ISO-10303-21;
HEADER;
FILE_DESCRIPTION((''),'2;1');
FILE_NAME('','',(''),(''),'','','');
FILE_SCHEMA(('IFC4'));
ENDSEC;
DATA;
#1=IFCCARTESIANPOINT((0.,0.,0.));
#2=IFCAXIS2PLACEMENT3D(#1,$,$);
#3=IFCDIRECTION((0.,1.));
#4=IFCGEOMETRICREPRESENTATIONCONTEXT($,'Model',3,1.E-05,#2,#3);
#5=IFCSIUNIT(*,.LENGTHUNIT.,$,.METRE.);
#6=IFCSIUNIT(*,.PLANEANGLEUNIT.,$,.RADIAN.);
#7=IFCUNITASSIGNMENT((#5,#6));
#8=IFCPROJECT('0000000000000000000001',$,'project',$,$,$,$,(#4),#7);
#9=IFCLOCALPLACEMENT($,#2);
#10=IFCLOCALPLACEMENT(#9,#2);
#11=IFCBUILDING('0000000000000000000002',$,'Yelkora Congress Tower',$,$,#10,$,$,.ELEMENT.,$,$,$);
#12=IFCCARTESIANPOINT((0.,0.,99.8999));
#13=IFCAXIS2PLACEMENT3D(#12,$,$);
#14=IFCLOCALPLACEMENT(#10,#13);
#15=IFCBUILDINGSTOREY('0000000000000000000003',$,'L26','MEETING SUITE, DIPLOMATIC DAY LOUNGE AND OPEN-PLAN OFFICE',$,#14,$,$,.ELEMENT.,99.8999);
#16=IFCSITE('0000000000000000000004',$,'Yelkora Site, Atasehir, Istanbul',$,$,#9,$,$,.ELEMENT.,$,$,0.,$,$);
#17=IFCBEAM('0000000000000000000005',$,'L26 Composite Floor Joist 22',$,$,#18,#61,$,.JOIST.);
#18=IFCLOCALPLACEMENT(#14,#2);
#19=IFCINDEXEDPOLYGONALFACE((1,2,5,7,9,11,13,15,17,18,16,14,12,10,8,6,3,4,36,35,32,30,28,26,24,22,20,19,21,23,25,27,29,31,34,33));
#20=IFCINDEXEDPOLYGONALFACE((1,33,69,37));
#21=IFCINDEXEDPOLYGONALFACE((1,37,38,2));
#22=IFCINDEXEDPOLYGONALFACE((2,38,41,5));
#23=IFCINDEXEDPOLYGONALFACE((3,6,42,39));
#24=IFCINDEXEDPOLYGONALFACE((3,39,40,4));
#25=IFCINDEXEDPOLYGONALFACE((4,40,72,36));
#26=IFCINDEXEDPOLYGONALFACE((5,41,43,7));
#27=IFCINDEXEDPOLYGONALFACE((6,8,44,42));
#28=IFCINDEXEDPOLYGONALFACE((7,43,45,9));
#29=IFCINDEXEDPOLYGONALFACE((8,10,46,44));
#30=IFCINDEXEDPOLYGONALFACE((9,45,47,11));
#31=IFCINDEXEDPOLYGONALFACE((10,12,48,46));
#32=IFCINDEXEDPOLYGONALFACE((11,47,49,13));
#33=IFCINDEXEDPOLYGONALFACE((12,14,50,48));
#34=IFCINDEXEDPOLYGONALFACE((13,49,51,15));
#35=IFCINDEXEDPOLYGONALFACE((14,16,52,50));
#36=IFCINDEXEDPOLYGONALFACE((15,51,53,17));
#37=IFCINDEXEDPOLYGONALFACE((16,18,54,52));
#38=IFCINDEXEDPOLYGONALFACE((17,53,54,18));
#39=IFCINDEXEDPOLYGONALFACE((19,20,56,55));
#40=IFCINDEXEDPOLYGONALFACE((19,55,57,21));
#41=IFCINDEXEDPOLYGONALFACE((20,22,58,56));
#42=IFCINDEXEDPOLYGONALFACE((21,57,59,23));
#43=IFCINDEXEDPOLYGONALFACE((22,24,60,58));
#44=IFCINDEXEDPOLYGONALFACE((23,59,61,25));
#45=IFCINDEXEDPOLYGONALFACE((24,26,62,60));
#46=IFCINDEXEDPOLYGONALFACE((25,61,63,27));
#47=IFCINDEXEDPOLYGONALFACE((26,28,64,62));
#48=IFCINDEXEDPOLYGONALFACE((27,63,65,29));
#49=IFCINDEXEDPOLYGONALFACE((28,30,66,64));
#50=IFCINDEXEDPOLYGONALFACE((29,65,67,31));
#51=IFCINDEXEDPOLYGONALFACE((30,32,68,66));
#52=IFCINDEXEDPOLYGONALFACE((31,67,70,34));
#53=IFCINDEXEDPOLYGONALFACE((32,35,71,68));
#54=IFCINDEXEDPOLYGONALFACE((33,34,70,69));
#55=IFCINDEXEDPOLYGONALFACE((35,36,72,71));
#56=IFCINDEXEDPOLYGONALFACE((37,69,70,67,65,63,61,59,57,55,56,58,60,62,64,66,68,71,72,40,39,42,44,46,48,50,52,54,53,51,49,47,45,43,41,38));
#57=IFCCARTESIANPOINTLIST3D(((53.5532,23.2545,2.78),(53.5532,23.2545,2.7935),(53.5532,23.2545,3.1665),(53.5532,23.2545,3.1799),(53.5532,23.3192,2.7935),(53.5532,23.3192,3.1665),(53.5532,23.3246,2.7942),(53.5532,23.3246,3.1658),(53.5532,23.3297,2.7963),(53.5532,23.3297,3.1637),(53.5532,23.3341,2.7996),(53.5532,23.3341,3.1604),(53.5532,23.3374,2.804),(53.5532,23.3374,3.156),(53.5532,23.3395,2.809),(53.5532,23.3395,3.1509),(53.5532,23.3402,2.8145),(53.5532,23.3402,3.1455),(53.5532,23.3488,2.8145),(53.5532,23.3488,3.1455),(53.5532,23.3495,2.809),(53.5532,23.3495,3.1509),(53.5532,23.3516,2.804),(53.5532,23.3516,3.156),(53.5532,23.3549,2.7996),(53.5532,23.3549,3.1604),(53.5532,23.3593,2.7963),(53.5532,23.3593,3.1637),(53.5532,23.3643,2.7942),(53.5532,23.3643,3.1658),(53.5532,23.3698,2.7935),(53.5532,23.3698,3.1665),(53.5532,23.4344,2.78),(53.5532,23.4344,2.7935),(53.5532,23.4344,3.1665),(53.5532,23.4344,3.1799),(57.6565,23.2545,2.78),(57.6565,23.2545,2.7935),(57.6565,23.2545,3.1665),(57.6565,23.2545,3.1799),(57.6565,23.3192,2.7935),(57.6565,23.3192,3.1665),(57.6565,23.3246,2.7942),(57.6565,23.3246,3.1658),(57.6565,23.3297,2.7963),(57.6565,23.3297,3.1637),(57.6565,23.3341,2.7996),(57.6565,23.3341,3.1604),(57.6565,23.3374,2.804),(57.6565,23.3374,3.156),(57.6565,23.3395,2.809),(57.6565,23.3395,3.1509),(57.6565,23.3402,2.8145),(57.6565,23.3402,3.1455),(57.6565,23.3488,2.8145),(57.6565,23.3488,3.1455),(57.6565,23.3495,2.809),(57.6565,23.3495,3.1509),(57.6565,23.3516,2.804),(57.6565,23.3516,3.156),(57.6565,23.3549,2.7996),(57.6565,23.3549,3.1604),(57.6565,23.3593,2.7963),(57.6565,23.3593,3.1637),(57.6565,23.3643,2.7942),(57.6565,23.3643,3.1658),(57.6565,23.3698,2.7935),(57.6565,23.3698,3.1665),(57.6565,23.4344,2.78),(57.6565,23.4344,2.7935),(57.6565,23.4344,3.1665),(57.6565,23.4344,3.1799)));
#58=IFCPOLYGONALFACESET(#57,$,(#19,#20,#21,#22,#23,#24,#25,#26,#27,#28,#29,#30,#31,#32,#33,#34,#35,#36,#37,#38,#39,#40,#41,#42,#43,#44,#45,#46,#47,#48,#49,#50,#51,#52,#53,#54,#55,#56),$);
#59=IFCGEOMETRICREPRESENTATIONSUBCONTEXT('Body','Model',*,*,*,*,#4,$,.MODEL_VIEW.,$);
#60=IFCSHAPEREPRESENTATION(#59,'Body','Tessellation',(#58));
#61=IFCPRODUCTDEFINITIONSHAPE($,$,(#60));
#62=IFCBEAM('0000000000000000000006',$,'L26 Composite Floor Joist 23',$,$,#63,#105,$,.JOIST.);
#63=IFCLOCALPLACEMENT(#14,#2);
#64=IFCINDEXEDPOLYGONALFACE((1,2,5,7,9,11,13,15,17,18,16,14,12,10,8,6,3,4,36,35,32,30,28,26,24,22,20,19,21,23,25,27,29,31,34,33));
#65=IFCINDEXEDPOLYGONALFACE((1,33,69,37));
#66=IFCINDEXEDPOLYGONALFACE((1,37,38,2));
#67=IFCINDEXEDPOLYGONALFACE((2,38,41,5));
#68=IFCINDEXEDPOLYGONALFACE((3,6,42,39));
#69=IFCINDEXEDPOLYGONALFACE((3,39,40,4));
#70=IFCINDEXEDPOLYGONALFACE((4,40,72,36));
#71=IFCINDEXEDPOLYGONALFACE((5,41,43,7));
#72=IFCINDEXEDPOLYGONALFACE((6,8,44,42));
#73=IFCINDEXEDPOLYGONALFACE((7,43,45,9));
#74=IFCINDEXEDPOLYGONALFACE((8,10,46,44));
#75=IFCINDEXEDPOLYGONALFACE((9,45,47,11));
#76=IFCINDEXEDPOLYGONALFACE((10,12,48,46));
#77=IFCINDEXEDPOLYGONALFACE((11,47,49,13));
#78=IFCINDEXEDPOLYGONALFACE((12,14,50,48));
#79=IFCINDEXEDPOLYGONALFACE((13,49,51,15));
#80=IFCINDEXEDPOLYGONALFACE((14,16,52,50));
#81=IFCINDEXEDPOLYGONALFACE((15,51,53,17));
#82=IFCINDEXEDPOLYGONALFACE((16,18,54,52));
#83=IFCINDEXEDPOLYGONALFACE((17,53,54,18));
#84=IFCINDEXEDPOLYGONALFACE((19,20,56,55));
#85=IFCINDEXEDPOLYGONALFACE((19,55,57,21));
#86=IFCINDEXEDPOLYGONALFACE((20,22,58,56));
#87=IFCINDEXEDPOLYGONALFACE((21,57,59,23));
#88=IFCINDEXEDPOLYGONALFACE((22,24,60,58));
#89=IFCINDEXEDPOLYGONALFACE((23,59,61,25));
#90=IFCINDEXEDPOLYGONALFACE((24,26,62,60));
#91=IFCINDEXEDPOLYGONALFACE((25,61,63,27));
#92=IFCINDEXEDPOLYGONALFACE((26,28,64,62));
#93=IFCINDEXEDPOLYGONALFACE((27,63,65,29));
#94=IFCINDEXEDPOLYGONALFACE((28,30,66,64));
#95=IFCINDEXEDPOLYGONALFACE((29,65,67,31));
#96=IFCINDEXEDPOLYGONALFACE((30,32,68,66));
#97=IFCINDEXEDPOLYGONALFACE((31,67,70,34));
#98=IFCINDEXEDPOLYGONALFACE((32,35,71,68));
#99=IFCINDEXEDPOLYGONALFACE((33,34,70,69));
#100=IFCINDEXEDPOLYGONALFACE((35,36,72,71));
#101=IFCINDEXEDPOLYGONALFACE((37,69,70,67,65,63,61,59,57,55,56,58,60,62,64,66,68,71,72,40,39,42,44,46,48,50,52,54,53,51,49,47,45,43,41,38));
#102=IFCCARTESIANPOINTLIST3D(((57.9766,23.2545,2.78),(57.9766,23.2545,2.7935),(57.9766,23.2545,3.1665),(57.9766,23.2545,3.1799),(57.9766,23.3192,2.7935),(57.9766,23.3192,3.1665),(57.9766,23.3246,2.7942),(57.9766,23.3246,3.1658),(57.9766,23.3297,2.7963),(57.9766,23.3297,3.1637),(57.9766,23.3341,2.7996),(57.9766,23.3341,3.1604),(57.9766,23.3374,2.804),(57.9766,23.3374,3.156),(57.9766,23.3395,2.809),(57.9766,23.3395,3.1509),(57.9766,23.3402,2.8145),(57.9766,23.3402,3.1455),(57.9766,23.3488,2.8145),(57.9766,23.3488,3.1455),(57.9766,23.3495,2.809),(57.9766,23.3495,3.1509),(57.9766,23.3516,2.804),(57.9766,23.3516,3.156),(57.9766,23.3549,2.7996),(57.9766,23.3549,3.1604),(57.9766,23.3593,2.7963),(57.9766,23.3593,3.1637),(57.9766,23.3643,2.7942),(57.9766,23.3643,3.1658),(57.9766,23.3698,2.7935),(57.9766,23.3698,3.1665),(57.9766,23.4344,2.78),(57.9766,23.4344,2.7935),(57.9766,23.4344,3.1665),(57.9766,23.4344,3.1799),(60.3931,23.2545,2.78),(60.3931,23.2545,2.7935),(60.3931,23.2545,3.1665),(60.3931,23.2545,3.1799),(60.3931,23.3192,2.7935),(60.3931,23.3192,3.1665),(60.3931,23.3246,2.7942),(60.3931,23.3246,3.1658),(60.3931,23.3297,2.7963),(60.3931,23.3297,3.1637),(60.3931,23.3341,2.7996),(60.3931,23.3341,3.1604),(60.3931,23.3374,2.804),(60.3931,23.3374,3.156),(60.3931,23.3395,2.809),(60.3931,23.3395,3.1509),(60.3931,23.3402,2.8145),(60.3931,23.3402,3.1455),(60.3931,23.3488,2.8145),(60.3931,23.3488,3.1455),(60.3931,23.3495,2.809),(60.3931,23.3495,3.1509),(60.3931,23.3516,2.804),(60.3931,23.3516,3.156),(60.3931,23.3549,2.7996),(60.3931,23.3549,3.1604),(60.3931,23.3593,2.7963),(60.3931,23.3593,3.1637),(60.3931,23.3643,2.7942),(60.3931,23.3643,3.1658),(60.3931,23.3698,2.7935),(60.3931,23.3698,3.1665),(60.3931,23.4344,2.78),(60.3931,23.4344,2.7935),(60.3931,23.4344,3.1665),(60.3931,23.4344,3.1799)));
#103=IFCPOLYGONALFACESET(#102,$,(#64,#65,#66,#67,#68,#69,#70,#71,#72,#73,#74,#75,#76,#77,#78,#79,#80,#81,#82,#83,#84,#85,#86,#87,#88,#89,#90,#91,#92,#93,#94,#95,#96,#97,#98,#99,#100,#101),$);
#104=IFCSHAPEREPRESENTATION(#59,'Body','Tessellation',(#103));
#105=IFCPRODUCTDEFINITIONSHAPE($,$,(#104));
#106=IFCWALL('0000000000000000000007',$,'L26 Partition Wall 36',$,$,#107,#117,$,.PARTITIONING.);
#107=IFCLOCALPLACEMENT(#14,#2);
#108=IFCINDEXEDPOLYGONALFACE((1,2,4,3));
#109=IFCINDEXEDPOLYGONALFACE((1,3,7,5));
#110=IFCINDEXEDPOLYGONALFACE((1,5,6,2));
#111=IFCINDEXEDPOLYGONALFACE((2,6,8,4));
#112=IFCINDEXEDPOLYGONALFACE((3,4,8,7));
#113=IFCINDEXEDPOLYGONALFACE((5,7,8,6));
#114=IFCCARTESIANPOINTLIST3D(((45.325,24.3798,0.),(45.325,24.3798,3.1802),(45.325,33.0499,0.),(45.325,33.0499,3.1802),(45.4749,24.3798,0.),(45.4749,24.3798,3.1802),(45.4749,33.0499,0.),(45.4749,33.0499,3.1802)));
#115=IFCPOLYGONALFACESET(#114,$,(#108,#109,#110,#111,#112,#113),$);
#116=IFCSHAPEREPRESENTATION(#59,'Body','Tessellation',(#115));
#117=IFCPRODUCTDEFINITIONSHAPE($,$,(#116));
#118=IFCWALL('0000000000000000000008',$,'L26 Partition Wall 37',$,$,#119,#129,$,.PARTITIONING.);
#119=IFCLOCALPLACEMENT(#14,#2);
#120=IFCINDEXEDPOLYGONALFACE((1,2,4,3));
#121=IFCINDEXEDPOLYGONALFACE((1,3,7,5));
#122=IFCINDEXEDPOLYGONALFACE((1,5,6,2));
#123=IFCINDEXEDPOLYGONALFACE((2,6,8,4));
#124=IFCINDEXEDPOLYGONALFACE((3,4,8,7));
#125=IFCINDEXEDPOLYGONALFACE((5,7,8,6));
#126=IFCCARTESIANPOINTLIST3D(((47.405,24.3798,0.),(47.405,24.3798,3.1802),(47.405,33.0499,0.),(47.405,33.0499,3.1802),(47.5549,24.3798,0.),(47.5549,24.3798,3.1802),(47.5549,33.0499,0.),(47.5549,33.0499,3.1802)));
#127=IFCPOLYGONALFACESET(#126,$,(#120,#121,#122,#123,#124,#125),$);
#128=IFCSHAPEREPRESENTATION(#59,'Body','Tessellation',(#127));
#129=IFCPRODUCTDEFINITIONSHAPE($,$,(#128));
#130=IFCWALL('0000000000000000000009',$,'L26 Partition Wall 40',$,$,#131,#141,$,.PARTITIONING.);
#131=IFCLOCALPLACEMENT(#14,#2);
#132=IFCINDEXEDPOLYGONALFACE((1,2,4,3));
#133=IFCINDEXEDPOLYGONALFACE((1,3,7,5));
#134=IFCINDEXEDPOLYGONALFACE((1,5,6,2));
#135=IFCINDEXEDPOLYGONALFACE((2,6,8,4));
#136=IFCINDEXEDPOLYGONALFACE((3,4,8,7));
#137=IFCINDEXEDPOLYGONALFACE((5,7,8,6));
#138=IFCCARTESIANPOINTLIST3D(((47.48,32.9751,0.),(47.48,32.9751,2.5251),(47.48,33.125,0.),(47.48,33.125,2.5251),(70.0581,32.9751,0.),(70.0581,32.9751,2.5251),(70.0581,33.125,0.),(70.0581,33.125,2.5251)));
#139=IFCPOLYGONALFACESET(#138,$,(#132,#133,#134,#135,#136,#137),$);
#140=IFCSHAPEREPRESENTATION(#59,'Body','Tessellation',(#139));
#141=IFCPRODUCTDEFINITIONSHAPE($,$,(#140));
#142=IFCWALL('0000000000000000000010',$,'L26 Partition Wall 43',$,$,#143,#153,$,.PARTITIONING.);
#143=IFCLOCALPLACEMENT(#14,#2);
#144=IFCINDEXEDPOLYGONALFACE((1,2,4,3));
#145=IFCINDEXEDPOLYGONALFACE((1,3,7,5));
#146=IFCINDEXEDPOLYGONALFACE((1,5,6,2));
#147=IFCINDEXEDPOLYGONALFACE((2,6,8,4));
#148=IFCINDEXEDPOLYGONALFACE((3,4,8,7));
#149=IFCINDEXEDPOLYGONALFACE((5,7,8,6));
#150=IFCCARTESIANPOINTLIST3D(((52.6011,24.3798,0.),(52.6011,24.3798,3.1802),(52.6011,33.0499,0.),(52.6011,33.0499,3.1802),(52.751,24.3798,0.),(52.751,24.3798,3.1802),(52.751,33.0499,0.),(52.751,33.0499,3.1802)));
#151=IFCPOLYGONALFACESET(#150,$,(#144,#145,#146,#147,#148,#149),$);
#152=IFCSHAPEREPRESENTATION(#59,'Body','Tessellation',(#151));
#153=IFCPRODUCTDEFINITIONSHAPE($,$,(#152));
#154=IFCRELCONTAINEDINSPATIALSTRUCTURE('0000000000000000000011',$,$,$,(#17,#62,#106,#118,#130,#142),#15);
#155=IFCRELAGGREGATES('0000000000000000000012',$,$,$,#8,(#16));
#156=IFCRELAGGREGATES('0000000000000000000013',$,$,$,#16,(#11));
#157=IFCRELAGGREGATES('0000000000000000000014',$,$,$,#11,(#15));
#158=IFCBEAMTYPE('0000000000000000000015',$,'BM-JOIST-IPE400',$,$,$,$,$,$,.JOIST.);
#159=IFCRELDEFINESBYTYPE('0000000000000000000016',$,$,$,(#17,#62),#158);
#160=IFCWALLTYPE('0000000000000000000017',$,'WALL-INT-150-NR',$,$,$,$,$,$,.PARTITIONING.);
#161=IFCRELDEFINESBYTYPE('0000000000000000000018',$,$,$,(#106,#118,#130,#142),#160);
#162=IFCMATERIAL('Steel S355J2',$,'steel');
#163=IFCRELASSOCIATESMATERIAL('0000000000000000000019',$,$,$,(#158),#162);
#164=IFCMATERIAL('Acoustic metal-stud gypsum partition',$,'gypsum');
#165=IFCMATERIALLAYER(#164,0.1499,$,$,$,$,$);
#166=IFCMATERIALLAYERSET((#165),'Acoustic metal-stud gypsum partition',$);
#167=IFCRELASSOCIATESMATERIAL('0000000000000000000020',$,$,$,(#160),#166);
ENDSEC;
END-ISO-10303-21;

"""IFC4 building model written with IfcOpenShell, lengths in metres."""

from ifc_helpers import new_model, si_unit, direction, frame, frame_2d, origin, origin_2d, place, context, subcontext, project, spatial, rectangle, i_section, extrude, material, layer, layer_set, material_profile, profile_set, type_object, element, save


model = new_model("IFC4")

# Units and contexts
model_context = context("Model", 3, precision=1e-05, world=origin(), true_north=direction((0.0, 1.0)))
body_context = subcontext(model_context, "Body", "Model", "MODEL_VIEW")
ifc_project = project(units=[si_unit("LENGTHUNIT", "METRE"), si_unit("PLANEANGLEUNIT", "RADIAN")], contexts=[model_context])

# Site, building, storey
site_placement = place(None, origin())
site = spatial("IfcSite", under=ifc_project, at=site_placement, Name="Yelkora Site, Atasehir, Istanbul", CompositionType="ELEMENT", RefElevation=0.0)
building_placement = place(site_placement, origin())
building = spatial("IfcBuilding", under=site, at=building_placement, Name="Yelkora Congress Tower", CompositionType="ELEMENT")
storey_placement = place(building_placement, frame((0.0, 0.0, 99.8999)))
storey = spatial("IfcBuildingStorey", under=building, at=storey_placement, Name="L26", Description="MEETING SUITE, DIPLOMATIC DAY LOUNGE AND OPEN-PLAN OFFICE", CompositionType="ELEMENT", Elevation=99.8999)

# Beams
ifc_material_1 = material(Name="Steel S355J2", Category="steel")
ifc_material_profile_1 = material_profile(ifc_material_1, i_section(OverallWidth=0.1799, OverallDepth=0.3999, WebThickness=0.0085, FlangeThickness=0.0134, FilletRadius=0.021, at=origin_2d()), Name="IPE 400")
ifc_profile_set_1 = profile_set([ifc_material_profile_1], Name="Steel S355J2")
beam_type_1 = type_object("IfcBeamType", Name="BM-JOIST-IPE400", PredefinedType="JOIST", material=ifc_profile_set_1)
beam_1_placement = place(storey_placement, frame((53.5532, 23.3445, 2.98), z_axis=(1.0, 0.0, 0.0), x_axis=(0.0, 1.0, 0.0)))
element("IfcBeam", 1, at=beam_1_placement, inside=storey, type_object=beam_type_1, Name="L26 Composite Floor Joist 22", PredefinedType="JOIST", context=body_context, shape_type="SweptSolid", body=[
    extrude(i_section(OverallWidth=0.1799, OverallDepth=0.3999, WebThickness=0.0085, FlangeThickness=0.0134, FilletRadius=0.021, at=origin_2d()), origin(), (0.0, 0.0, 1.0), 4.1033),
])
beam_2_placement = place(storey_placement, frame((57.9766, 23.3445, 2.98), z_axis=(1.0, 0.0, 0.0), x_axis=(0.0, 1.0, 0.0)))
element("IfcBeam", 2, at=beam_2_placement, inside=storey, type_object=beam_type_1, Name="L26 Composite Floor Joist 23", PredefinedType="JOIST", context=body_context, shape_type="SweptSolid", body=[
    extrude(i_section(OverallWidth=0.1799, OverallDepth=0.3999, WebThickness=0.0085, FlangeThickness=0.0134, FilletRadius=0.021, at=origin_2d()), origin(), (0.0, 0.0, 1.0), 2.4165),
])

# Walls
ifc_material_2 = material(Name="Acoustic metal-stud gypsum partition", Category="gypsum")
ifc_layer = layer(ifc_material_2, 0.1499)
ifc_layer_set = layer_set([ifc_layer], Name="Acoustic metal-stud gypsum partition")
wall_type = type_object("IfcWallType", Name="WALL-INT-150-NR", PredefinedType="PARTITIONING", material=ifc_layer_set)
for number, where, z_axis, x_axis, name in (
    (3, (45.3999, 24.3799, 0.0), (0.0, 0.0, 1.0), (0.0, 1.0, 0.0), "L26 Partition Wall 36"),
    (4, (47.48, 24.3799, 0.0), (0.0, 0.0, 1.0), (0.0, 1.0, 0.0), "L26 Partition Wall 37"),
):
    element("IfcWall", number, at=place(storey_placement, frame(where, z_axis=z_axis, x_axis=x_axis)), inside=storey, type_object=wall_type, Name=name, PredefinedType="PARTITIONING", context=body_context, shape_type="SweptSolid", body=[
        extrude(rectangle(XDim=8.6702, YDim=0.1499, at=frame_2d((4.335, 0.0))), origin(), (0.0, 0.0, 1.0), 3.1802),
    ])
wall_1_placement = place(storey_placement, frame((47.48, 33.05, 0.0), z_axis=(0.0, 0.0, 1.0), x_axis=(1.0, 0.0, 0.0)))
element("IfcWall", 5, at=wall_1_placement, inside=storey, type_object=wall_type, Name="L26 Partition Wall 40", PredefinedType="PARTITIONING", context=body_context, shape_type="SweptSolid", body=[
    extrude(rectangle(XDim=22.5781, YDim=0.1499, at=frame_2d((11.2891, 0.0))), origin(), (0.0, 0.0, 1.0), 2.5251),
])
wall_2_placement = place(storey_placement, frame((52.676, 24.3799, 0.0), z_axis=(0.0, 0.0, 1.0), x_axis=(0.0, 1.0, 0.0)))
element("IfcWall", 6, at=wall_2_placement, inside=storey, type_object=wall_type, Name="L26 Partition Wall 43", PredefinedType="PARTITIONING", context=body_context, shape_type="SweptSolid", body=[
    extrude(rectangle(XDim=8.6702, YDim=0.1499, at=frame_2d((4.335, 0.0))), origin(), (0.0, 0.0, 1.0), 3.1802),
])

save(model, "model.ifc")
